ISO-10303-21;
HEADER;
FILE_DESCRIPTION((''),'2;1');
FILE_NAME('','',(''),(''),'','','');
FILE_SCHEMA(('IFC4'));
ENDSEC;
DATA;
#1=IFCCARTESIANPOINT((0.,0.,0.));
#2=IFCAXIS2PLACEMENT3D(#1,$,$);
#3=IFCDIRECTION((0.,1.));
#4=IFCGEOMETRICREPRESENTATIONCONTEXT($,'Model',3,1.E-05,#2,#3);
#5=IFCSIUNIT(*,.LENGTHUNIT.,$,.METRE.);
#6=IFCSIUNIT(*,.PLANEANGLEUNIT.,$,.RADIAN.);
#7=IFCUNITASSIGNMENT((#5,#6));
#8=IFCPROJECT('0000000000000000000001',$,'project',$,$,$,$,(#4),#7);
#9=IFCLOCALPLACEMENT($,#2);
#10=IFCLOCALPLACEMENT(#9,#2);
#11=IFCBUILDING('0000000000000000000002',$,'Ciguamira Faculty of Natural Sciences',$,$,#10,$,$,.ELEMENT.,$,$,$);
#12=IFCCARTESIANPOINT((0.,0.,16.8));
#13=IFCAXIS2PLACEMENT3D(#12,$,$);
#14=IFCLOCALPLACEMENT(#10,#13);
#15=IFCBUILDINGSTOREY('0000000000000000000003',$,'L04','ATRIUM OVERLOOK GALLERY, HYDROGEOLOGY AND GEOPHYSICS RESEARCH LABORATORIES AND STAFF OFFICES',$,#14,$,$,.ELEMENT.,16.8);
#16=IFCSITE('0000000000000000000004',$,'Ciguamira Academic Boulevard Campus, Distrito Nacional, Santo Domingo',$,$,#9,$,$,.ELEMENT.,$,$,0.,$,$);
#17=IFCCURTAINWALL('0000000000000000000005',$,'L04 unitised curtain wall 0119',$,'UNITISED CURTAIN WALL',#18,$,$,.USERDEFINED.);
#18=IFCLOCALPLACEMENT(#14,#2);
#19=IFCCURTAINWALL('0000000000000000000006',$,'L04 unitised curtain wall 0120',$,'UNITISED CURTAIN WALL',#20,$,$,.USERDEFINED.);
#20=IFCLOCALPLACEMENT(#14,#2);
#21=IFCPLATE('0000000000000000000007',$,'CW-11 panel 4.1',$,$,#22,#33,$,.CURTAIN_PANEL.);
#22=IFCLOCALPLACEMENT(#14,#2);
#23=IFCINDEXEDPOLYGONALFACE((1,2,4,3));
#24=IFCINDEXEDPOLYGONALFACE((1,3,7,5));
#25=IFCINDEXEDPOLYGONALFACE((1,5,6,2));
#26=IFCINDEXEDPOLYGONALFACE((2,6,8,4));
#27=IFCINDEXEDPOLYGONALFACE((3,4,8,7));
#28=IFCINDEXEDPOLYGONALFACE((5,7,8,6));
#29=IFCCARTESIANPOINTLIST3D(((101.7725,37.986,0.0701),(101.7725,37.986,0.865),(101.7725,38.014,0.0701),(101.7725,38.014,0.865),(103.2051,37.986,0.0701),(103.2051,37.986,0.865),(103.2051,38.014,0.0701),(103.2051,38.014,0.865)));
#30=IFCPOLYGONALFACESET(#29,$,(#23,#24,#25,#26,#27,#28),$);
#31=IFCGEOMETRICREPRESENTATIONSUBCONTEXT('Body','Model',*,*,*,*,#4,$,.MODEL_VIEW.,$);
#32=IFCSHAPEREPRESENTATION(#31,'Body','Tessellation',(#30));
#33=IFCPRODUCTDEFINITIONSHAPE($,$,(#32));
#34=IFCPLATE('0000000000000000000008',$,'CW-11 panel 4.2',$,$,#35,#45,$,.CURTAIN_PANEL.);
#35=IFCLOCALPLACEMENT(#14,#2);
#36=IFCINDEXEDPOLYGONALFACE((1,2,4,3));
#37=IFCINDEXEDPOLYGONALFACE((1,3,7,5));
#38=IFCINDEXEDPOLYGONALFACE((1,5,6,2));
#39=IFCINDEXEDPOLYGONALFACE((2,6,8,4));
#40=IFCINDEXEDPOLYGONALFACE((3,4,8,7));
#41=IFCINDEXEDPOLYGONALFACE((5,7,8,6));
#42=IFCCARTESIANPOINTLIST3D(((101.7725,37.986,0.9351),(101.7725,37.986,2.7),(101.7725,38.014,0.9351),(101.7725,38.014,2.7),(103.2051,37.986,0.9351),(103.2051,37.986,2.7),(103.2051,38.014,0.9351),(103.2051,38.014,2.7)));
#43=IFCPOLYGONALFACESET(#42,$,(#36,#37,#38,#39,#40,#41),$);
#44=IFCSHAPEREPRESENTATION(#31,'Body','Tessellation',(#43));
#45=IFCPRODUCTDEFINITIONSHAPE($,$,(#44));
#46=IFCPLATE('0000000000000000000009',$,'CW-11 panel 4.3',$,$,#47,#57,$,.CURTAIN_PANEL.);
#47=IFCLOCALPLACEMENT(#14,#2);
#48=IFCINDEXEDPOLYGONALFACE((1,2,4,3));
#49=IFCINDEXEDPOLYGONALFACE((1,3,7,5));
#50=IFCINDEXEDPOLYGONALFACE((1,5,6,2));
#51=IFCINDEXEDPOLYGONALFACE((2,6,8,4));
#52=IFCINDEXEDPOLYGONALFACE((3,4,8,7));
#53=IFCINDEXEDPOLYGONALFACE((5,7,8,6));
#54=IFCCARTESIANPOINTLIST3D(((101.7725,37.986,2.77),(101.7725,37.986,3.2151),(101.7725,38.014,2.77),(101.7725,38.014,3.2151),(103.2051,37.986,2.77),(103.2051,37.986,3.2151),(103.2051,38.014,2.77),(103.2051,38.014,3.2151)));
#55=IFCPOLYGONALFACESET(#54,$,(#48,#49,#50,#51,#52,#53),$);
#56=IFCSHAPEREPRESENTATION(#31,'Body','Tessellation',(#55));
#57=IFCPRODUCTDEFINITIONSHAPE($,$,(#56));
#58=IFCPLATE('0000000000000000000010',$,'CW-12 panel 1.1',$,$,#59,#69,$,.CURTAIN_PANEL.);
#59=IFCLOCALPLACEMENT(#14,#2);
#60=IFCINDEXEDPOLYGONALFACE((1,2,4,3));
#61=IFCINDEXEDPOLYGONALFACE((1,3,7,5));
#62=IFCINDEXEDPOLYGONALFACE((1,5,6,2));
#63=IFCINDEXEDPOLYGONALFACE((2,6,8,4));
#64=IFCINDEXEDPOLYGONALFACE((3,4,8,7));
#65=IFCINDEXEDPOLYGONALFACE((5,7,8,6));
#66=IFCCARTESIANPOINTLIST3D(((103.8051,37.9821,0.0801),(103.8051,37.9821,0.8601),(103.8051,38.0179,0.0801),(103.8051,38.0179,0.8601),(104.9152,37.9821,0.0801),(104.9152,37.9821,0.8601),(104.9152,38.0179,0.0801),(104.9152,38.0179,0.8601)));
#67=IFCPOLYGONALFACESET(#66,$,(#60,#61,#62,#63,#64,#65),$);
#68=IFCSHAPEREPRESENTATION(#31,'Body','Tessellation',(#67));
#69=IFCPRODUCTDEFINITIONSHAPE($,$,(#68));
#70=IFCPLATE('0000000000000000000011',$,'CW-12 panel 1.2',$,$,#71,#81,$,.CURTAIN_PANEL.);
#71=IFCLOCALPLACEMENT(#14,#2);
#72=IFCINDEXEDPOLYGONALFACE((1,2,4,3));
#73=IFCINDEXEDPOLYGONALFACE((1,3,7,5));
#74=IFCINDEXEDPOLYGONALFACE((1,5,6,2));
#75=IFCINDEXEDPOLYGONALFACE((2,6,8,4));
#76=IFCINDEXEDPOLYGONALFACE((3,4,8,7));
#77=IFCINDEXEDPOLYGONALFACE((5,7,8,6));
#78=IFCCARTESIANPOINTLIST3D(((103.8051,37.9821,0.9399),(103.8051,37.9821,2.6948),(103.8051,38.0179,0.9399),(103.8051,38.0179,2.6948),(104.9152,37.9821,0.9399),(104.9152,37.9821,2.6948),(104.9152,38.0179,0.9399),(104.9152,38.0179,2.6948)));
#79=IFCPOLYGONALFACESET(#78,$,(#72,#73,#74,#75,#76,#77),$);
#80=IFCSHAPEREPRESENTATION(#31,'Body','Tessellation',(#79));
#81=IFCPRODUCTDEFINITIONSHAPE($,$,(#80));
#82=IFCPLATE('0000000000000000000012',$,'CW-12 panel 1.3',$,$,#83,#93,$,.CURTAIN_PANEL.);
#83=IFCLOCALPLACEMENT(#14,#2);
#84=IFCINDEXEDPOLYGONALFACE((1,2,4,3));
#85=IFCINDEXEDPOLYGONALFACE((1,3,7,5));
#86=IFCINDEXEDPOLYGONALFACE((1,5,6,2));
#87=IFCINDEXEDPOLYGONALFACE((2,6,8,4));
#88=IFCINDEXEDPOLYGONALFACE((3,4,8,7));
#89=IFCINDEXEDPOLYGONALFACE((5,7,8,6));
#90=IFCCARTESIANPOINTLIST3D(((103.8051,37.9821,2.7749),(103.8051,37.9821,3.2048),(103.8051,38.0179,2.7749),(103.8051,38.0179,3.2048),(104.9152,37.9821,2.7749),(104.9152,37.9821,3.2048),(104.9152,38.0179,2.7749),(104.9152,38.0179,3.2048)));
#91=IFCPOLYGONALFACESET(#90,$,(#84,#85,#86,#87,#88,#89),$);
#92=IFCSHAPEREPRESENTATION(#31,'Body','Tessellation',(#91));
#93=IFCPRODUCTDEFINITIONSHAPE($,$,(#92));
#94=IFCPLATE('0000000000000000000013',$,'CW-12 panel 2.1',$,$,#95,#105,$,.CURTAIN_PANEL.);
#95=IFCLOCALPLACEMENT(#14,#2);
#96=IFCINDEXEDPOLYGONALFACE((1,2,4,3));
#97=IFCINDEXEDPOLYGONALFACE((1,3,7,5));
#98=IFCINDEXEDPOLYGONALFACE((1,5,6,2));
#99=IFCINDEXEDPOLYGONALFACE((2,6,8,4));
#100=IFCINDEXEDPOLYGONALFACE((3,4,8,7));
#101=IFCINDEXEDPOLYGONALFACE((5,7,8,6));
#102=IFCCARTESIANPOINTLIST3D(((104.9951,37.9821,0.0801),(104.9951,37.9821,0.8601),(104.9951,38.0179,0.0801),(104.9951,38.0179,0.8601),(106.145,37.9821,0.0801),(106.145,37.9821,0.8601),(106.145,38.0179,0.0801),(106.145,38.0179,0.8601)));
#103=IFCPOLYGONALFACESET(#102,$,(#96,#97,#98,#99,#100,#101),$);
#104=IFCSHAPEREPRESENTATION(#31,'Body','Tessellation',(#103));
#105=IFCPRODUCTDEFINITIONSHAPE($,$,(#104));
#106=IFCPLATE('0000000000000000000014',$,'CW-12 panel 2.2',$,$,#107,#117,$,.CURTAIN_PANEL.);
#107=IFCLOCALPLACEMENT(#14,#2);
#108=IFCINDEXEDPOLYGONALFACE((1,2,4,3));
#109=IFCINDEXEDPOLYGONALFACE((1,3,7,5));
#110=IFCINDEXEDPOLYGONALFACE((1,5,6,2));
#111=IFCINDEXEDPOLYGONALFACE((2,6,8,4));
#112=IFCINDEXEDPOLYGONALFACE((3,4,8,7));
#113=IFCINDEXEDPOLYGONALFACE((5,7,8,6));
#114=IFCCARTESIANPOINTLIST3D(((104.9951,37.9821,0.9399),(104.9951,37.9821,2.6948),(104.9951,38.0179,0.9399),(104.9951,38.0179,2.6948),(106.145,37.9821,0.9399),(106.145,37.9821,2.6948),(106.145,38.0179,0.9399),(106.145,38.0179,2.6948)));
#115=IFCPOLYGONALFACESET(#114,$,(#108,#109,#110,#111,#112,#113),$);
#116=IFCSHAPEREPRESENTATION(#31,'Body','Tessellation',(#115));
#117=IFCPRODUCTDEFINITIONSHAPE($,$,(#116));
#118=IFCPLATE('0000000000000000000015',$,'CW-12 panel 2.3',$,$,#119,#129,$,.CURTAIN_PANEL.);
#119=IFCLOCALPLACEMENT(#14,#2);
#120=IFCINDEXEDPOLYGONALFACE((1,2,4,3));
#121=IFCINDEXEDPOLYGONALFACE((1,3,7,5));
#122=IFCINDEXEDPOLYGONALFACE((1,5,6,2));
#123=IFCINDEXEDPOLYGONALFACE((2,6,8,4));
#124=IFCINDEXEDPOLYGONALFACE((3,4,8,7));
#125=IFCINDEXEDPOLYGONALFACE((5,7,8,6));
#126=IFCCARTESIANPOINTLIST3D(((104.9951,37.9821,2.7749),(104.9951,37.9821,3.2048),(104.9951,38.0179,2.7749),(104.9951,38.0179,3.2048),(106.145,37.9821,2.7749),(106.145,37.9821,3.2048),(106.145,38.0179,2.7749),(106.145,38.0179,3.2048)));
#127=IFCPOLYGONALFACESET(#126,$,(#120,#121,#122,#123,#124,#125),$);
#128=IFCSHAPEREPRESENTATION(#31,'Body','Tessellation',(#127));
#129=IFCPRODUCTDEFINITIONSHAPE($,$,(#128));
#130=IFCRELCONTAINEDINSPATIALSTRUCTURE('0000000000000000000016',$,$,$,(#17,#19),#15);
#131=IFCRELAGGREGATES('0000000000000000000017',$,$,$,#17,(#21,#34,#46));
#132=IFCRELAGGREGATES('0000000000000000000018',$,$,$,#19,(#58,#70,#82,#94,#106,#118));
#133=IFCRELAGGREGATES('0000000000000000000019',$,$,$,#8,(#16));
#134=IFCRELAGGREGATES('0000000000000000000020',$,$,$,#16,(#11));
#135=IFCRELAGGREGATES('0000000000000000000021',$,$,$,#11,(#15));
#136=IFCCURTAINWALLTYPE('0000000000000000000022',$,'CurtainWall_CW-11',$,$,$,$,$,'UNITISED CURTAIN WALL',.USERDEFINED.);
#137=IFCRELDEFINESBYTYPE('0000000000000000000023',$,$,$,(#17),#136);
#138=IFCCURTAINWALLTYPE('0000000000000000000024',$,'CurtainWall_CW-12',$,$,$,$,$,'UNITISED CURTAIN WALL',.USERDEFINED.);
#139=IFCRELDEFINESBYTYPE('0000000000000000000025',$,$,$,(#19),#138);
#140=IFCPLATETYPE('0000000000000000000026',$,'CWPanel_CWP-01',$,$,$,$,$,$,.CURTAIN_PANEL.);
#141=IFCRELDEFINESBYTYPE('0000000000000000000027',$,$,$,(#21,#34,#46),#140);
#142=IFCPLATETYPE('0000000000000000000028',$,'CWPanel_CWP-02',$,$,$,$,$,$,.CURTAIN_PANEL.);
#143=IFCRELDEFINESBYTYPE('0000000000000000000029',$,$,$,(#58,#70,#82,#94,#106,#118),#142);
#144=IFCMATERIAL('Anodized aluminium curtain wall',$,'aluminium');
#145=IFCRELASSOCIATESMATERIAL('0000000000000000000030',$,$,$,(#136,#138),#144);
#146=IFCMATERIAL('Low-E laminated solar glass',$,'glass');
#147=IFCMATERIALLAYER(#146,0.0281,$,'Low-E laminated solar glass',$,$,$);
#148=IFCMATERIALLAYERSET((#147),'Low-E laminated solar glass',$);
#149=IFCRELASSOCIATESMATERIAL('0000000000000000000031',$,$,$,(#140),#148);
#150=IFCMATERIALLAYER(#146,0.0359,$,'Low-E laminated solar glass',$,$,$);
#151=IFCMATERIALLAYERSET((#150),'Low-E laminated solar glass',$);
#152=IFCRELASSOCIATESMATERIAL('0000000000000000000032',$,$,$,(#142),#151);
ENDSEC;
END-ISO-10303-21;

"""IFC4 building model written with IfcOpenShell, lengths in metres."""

from ifc_helpers import new_model, si_unit, direction, frame, origin, origin_2d, place, context, subcontext, project, spatial, rectangle, extrude, material, layer, layer_set, type_object, element, aggregate, save


model = new_model("IFC4")

# Units and contexts
model_context = context("Model", 3, precision=1e-05, world=origin(), true_north=direction((0.0, 1.0)))
body_context = subcontext(model_context, "Body", "Model", "MODEL_VIEW")
ifc_project = project(units=[si_unit("LENGTHUNIT", "METRE"), si_unit("PLANEANGLEUNIT", "RADIAN")], contexts=[model_context])

# Site, building, storey
site_placement = place(None, origin())
site = spatial("IfcSite", under=ifc_project, at=site_placement, Name="Ciguamira Academic Boulevard Campus, Distrito Nacional, Santo Domingo", CompositionType="ELEMENT", RefElevation=0.0)
building_placement = place(site_placement, origin())
building = spatial("IfcBuilding", under=site, at=building_placement, Name="Ciguamira Faculty of Natural Sciences", CompositionType="ELEMENT")
storey_placement = place(building_placement, frame((0.0, 0.0, 16.8)))
storey = spatial("IfcBuildingStorey", under=building, at=storey_placement, Name="L04", Description="ATRIUM OVERLOOK GALLERY, HYDROGEOLOGY AND GEOPHYSICS RESEARCH LABORATORIES AND STAFF OFFICES", CompositionType="ELEMENT", Elevation=16.8)

# Curtain wall
ifc_material_1 = material(Name="Anodized aluminium curtain wall", Category="aluminium")
curtain_wall_type_1 = type_object("IfcCurtainWallType", Name="CurtainWall_CW-11", ElementType="UNITISED CURTAIN WALL", PredefinedType="USERDEFINED", material=ifc_material_1)
curtain_wall_1_placement = place(storey_placement, origin())
curtain_wall_1 = element("IfcCurtainWall", 1, at=curtain_wall_1_placement, inside=storey, type_object=curtain_wall_type_1, Name="L04 unitised curtain wall 0119", ObjectType="UNITISED CURTAIN WALL", PredefinedType="USERDEFINED")

# Curtain wall
curtain_wall_type_2 = type_object("IfcCurtainWallType", Name="CurtainWall_CW-12", ElementType="UNITISED CURTAIN WALL", PredefinedType="USERDEFINED", material=ifc_material_1)
curtain_wall_2_placement = place(storey_placement, origin())
curtain_wall_2 = element("IfcCurtainWall", 2, at=curtain_wall_2_placement, inside=storey, type_object=curtain_wall_type_2, Name="L04 unitised curtain wall 0120", ObjectType="UNITISED CURTAIN WALL", PredefinedType="USERDEFINED")

# Plates
ifc_material_2 = material(Name="Low-E laminated solar glass", Category="glass")
ifc_layer_1 = layer(ifc_material_2, 0.0281, Name="Low-E laminated solar glass")
ifc_layer_set_1 = layer_set([ifc_layer_1], Name="Low-E laminated solar glass")
plate_type_1 = type_object("IfcPlateType", Name="CWPanel_CWP-01", PredefinedType="CURTAIN_PANEL", material=ifc_layer_set_1)
plate_1_placement = place(storey_placement, frame((102.4888, 38.0, 0.0701), z_axis=(0.0, 0.0, 1.0), x_axis=(1.0, 0.0, 0.0)))
plate_1 = element("IfcPlate", 3, at=plate_1_placement, type_object=plate_type_1, Name="CW-11 panel 4.1", PredefinedType="CURTAIN_PANEL", context=body_context, shape_type="SweptSolid", body=[
    extrude(rectangle(XDim=1.4326, YDim=0.0281, at=origin_2d()), origin(), (0.0, 0.0, 1.0), 0.7949),
])
plate_2_placement = place(storey_placement, frame((102.4888, 38.0, 0.9351), z_axis=(0.0, 0.0, 1.0), x_axis=(1.0, 0.0, 0.0)))
plate_2 = element("IfcPlate", 4, at=plate_2_placement, type_object=plate_type_1, Name="CW-11 panel 4.2", PredefinedType="CURTAIN_PANEL", context=body_context, shape_type="SweptSolid", body=[
    extrude(rectangle(XDim=1.4326, YDim=0.0281, at=origin_2d()), origin(), (0.0, 0.0, 1.0), 1.7649),
])
plate_3_placement = place(storey_placement, frame((102.4888, 38.0, 2.77), z_axis=(0.0, 0.0, 1.0), x_axis=(1.0, 0.0, 0.0)))
plate_3 = element("IfcPlate", 5, at=plate_3_placement, type_object=plate_type_1, Name="CW-11 panel 4.3", PredefinedType="CURTAIN_PANEL", context=body_context, shape_type="SweptSolid", body=[
    extrude(rectangle(XDim=1.4326, YDim=0.0281, at=origin_2d()), origin(), (0.0, 0.0, 1.0), 0.4451),
])
aggregate(curtain_wall_1, [plate_1, plate_2, plate_3])
ifc_layer_2 = layer(ifc_material_2, 0.0359, Name="Low-E laminated solar glass")
ifc_layer_set_2 = layer_set([ifc_layer_2], Name="Low-E laminated solar glass")
plate_type_2 = type_object("IfcPlateType", Name="CWPanel_CWP-02", PredefinedType="CURTAIN_PANEL", material=ifc_layer_set_2)
plate_4_placement = place(storey_placement, frame((104.3601, 38.0, 0.0801), z_axis=(0.0, 0.0, 1.0), x_axis=(1.0, 0.0, 0.0)))
plate_4 = element("IfcPlate", 6, at=plate_4_placement, type_object=plate_type_2, Name="CW-12 panel 1.1", PredefinedType="CURTAIN_PANEL", context=body_context, shape_type="SweptSolid", body=[
    extrude(rectangle(XDim=1.1101, YDim=0.0359, at=origin_2d()), origin(), (0.0, 0.0, 1.0), 0.78),
])
plate_5_placement = place(storey_placement, frame((104.3601, 38.0, 0.9399), z_axis=(0.0, 0.0, 1.0), x_axis=(1.0, 0.0, 0.0)))
plate_5 = element("IfcPlate", 7, at=plate_5_placement, type_object=plate_type_2, Name="CW-12 panel 1.2", PredefinedType="CURTAIN_PANEL", context=body_context, shape_type="SweptSolid", body=[
    extrude(rectangle(XDim=1.1101, YDim=0.0359, at=origin_2d()), origin(), (0.0, 0.0, 1.0), 1.7549),
])
plate_6_placement = place(storey_placement, frame((104.3601, 38.0, 2.7749), z_axis=(0.0, 0.0, 1.0), x_axis=(1.0, 0.0, 0.0)))
plate_6 = element("IfcPlate", 8, at=plate_6_placement, type_object=plate_type_2, Name="CW-12 panel 1.3", PredefinedType="CURTAIN_PANEL", context=body_context, shape_type="SweptSolid", body=[
    extrude(rectangle(XDim=1.1101, YDim=0.0359, at=origin_2d()), origin(), (0.0, 0.0, 1.0), 0.4299),
])
plate_7_placement = place(storey_placement, frame((105.5701, 38.0, 0.0801), z_axis=(0.0, 0.0, 1.0), x_axis=(1.0, 0.0, 0.0)))
plate_7 = element("IfcPlate", 9, at=plate_7_placement, type_object=plate_type_2, Name="CW-12 panel 2.1", PredefinedType="CURTAIN_PANEL", context=body_context, shape_type="SweptSolid", body=[
    extrude(rectangle(XDim=1.1499, YDim=0.0359, at=origin_2d()), origin(), (0.0, 0.0, 1.0), 0.78),
])
plate_8_placement = place(storey_placement, frame((105.5701, 38.0, 0.9399), z_axis=(0.0, 0.0, 1.0), x_axis=(1.0, 0.0, 0.0)))
plate_8 = element("IfcPlate", 10, at=plate_8_placement, type_object=plate_type_2, Name="CW-12 panel 2.2", PredefinedType="CURTAIN_PANEL", context=body_context, shape_type="SweptSolid", body=[
    extrude(rectangle(XDim=1.1499, YDim=0.0359, at=origin_2d()), origin(), (0.0, 0.0, 1.0), 1.7549),
])
plate_9_placement = place(storey_placement, frame((105.5701, 38.0, 2.7749), z_axis=(0.0, 0.0, 1.0), x_axis=(1.0, 0.0, 0.0)))
plate_9 = element("IfcPlate", 11, at=plate_9_placement, type_object=plate_type_2, Name="CW-12 panel 2.3", PredefinedType="CURTAIN_PANEL", context=body_context, shape_type="SweptSolid", body=[
    extrude(rectangle(XDim=1.1499, YDim=0.0359, at=origin_2d()), origin(), (0.0, 0.0, 1.0), 0.4299),
])
aggregate(curtain_wall_2, [plate_4, plate_5, plate_6, plate_7, plate_8, plate_9])

save(model, "model.ifc")
